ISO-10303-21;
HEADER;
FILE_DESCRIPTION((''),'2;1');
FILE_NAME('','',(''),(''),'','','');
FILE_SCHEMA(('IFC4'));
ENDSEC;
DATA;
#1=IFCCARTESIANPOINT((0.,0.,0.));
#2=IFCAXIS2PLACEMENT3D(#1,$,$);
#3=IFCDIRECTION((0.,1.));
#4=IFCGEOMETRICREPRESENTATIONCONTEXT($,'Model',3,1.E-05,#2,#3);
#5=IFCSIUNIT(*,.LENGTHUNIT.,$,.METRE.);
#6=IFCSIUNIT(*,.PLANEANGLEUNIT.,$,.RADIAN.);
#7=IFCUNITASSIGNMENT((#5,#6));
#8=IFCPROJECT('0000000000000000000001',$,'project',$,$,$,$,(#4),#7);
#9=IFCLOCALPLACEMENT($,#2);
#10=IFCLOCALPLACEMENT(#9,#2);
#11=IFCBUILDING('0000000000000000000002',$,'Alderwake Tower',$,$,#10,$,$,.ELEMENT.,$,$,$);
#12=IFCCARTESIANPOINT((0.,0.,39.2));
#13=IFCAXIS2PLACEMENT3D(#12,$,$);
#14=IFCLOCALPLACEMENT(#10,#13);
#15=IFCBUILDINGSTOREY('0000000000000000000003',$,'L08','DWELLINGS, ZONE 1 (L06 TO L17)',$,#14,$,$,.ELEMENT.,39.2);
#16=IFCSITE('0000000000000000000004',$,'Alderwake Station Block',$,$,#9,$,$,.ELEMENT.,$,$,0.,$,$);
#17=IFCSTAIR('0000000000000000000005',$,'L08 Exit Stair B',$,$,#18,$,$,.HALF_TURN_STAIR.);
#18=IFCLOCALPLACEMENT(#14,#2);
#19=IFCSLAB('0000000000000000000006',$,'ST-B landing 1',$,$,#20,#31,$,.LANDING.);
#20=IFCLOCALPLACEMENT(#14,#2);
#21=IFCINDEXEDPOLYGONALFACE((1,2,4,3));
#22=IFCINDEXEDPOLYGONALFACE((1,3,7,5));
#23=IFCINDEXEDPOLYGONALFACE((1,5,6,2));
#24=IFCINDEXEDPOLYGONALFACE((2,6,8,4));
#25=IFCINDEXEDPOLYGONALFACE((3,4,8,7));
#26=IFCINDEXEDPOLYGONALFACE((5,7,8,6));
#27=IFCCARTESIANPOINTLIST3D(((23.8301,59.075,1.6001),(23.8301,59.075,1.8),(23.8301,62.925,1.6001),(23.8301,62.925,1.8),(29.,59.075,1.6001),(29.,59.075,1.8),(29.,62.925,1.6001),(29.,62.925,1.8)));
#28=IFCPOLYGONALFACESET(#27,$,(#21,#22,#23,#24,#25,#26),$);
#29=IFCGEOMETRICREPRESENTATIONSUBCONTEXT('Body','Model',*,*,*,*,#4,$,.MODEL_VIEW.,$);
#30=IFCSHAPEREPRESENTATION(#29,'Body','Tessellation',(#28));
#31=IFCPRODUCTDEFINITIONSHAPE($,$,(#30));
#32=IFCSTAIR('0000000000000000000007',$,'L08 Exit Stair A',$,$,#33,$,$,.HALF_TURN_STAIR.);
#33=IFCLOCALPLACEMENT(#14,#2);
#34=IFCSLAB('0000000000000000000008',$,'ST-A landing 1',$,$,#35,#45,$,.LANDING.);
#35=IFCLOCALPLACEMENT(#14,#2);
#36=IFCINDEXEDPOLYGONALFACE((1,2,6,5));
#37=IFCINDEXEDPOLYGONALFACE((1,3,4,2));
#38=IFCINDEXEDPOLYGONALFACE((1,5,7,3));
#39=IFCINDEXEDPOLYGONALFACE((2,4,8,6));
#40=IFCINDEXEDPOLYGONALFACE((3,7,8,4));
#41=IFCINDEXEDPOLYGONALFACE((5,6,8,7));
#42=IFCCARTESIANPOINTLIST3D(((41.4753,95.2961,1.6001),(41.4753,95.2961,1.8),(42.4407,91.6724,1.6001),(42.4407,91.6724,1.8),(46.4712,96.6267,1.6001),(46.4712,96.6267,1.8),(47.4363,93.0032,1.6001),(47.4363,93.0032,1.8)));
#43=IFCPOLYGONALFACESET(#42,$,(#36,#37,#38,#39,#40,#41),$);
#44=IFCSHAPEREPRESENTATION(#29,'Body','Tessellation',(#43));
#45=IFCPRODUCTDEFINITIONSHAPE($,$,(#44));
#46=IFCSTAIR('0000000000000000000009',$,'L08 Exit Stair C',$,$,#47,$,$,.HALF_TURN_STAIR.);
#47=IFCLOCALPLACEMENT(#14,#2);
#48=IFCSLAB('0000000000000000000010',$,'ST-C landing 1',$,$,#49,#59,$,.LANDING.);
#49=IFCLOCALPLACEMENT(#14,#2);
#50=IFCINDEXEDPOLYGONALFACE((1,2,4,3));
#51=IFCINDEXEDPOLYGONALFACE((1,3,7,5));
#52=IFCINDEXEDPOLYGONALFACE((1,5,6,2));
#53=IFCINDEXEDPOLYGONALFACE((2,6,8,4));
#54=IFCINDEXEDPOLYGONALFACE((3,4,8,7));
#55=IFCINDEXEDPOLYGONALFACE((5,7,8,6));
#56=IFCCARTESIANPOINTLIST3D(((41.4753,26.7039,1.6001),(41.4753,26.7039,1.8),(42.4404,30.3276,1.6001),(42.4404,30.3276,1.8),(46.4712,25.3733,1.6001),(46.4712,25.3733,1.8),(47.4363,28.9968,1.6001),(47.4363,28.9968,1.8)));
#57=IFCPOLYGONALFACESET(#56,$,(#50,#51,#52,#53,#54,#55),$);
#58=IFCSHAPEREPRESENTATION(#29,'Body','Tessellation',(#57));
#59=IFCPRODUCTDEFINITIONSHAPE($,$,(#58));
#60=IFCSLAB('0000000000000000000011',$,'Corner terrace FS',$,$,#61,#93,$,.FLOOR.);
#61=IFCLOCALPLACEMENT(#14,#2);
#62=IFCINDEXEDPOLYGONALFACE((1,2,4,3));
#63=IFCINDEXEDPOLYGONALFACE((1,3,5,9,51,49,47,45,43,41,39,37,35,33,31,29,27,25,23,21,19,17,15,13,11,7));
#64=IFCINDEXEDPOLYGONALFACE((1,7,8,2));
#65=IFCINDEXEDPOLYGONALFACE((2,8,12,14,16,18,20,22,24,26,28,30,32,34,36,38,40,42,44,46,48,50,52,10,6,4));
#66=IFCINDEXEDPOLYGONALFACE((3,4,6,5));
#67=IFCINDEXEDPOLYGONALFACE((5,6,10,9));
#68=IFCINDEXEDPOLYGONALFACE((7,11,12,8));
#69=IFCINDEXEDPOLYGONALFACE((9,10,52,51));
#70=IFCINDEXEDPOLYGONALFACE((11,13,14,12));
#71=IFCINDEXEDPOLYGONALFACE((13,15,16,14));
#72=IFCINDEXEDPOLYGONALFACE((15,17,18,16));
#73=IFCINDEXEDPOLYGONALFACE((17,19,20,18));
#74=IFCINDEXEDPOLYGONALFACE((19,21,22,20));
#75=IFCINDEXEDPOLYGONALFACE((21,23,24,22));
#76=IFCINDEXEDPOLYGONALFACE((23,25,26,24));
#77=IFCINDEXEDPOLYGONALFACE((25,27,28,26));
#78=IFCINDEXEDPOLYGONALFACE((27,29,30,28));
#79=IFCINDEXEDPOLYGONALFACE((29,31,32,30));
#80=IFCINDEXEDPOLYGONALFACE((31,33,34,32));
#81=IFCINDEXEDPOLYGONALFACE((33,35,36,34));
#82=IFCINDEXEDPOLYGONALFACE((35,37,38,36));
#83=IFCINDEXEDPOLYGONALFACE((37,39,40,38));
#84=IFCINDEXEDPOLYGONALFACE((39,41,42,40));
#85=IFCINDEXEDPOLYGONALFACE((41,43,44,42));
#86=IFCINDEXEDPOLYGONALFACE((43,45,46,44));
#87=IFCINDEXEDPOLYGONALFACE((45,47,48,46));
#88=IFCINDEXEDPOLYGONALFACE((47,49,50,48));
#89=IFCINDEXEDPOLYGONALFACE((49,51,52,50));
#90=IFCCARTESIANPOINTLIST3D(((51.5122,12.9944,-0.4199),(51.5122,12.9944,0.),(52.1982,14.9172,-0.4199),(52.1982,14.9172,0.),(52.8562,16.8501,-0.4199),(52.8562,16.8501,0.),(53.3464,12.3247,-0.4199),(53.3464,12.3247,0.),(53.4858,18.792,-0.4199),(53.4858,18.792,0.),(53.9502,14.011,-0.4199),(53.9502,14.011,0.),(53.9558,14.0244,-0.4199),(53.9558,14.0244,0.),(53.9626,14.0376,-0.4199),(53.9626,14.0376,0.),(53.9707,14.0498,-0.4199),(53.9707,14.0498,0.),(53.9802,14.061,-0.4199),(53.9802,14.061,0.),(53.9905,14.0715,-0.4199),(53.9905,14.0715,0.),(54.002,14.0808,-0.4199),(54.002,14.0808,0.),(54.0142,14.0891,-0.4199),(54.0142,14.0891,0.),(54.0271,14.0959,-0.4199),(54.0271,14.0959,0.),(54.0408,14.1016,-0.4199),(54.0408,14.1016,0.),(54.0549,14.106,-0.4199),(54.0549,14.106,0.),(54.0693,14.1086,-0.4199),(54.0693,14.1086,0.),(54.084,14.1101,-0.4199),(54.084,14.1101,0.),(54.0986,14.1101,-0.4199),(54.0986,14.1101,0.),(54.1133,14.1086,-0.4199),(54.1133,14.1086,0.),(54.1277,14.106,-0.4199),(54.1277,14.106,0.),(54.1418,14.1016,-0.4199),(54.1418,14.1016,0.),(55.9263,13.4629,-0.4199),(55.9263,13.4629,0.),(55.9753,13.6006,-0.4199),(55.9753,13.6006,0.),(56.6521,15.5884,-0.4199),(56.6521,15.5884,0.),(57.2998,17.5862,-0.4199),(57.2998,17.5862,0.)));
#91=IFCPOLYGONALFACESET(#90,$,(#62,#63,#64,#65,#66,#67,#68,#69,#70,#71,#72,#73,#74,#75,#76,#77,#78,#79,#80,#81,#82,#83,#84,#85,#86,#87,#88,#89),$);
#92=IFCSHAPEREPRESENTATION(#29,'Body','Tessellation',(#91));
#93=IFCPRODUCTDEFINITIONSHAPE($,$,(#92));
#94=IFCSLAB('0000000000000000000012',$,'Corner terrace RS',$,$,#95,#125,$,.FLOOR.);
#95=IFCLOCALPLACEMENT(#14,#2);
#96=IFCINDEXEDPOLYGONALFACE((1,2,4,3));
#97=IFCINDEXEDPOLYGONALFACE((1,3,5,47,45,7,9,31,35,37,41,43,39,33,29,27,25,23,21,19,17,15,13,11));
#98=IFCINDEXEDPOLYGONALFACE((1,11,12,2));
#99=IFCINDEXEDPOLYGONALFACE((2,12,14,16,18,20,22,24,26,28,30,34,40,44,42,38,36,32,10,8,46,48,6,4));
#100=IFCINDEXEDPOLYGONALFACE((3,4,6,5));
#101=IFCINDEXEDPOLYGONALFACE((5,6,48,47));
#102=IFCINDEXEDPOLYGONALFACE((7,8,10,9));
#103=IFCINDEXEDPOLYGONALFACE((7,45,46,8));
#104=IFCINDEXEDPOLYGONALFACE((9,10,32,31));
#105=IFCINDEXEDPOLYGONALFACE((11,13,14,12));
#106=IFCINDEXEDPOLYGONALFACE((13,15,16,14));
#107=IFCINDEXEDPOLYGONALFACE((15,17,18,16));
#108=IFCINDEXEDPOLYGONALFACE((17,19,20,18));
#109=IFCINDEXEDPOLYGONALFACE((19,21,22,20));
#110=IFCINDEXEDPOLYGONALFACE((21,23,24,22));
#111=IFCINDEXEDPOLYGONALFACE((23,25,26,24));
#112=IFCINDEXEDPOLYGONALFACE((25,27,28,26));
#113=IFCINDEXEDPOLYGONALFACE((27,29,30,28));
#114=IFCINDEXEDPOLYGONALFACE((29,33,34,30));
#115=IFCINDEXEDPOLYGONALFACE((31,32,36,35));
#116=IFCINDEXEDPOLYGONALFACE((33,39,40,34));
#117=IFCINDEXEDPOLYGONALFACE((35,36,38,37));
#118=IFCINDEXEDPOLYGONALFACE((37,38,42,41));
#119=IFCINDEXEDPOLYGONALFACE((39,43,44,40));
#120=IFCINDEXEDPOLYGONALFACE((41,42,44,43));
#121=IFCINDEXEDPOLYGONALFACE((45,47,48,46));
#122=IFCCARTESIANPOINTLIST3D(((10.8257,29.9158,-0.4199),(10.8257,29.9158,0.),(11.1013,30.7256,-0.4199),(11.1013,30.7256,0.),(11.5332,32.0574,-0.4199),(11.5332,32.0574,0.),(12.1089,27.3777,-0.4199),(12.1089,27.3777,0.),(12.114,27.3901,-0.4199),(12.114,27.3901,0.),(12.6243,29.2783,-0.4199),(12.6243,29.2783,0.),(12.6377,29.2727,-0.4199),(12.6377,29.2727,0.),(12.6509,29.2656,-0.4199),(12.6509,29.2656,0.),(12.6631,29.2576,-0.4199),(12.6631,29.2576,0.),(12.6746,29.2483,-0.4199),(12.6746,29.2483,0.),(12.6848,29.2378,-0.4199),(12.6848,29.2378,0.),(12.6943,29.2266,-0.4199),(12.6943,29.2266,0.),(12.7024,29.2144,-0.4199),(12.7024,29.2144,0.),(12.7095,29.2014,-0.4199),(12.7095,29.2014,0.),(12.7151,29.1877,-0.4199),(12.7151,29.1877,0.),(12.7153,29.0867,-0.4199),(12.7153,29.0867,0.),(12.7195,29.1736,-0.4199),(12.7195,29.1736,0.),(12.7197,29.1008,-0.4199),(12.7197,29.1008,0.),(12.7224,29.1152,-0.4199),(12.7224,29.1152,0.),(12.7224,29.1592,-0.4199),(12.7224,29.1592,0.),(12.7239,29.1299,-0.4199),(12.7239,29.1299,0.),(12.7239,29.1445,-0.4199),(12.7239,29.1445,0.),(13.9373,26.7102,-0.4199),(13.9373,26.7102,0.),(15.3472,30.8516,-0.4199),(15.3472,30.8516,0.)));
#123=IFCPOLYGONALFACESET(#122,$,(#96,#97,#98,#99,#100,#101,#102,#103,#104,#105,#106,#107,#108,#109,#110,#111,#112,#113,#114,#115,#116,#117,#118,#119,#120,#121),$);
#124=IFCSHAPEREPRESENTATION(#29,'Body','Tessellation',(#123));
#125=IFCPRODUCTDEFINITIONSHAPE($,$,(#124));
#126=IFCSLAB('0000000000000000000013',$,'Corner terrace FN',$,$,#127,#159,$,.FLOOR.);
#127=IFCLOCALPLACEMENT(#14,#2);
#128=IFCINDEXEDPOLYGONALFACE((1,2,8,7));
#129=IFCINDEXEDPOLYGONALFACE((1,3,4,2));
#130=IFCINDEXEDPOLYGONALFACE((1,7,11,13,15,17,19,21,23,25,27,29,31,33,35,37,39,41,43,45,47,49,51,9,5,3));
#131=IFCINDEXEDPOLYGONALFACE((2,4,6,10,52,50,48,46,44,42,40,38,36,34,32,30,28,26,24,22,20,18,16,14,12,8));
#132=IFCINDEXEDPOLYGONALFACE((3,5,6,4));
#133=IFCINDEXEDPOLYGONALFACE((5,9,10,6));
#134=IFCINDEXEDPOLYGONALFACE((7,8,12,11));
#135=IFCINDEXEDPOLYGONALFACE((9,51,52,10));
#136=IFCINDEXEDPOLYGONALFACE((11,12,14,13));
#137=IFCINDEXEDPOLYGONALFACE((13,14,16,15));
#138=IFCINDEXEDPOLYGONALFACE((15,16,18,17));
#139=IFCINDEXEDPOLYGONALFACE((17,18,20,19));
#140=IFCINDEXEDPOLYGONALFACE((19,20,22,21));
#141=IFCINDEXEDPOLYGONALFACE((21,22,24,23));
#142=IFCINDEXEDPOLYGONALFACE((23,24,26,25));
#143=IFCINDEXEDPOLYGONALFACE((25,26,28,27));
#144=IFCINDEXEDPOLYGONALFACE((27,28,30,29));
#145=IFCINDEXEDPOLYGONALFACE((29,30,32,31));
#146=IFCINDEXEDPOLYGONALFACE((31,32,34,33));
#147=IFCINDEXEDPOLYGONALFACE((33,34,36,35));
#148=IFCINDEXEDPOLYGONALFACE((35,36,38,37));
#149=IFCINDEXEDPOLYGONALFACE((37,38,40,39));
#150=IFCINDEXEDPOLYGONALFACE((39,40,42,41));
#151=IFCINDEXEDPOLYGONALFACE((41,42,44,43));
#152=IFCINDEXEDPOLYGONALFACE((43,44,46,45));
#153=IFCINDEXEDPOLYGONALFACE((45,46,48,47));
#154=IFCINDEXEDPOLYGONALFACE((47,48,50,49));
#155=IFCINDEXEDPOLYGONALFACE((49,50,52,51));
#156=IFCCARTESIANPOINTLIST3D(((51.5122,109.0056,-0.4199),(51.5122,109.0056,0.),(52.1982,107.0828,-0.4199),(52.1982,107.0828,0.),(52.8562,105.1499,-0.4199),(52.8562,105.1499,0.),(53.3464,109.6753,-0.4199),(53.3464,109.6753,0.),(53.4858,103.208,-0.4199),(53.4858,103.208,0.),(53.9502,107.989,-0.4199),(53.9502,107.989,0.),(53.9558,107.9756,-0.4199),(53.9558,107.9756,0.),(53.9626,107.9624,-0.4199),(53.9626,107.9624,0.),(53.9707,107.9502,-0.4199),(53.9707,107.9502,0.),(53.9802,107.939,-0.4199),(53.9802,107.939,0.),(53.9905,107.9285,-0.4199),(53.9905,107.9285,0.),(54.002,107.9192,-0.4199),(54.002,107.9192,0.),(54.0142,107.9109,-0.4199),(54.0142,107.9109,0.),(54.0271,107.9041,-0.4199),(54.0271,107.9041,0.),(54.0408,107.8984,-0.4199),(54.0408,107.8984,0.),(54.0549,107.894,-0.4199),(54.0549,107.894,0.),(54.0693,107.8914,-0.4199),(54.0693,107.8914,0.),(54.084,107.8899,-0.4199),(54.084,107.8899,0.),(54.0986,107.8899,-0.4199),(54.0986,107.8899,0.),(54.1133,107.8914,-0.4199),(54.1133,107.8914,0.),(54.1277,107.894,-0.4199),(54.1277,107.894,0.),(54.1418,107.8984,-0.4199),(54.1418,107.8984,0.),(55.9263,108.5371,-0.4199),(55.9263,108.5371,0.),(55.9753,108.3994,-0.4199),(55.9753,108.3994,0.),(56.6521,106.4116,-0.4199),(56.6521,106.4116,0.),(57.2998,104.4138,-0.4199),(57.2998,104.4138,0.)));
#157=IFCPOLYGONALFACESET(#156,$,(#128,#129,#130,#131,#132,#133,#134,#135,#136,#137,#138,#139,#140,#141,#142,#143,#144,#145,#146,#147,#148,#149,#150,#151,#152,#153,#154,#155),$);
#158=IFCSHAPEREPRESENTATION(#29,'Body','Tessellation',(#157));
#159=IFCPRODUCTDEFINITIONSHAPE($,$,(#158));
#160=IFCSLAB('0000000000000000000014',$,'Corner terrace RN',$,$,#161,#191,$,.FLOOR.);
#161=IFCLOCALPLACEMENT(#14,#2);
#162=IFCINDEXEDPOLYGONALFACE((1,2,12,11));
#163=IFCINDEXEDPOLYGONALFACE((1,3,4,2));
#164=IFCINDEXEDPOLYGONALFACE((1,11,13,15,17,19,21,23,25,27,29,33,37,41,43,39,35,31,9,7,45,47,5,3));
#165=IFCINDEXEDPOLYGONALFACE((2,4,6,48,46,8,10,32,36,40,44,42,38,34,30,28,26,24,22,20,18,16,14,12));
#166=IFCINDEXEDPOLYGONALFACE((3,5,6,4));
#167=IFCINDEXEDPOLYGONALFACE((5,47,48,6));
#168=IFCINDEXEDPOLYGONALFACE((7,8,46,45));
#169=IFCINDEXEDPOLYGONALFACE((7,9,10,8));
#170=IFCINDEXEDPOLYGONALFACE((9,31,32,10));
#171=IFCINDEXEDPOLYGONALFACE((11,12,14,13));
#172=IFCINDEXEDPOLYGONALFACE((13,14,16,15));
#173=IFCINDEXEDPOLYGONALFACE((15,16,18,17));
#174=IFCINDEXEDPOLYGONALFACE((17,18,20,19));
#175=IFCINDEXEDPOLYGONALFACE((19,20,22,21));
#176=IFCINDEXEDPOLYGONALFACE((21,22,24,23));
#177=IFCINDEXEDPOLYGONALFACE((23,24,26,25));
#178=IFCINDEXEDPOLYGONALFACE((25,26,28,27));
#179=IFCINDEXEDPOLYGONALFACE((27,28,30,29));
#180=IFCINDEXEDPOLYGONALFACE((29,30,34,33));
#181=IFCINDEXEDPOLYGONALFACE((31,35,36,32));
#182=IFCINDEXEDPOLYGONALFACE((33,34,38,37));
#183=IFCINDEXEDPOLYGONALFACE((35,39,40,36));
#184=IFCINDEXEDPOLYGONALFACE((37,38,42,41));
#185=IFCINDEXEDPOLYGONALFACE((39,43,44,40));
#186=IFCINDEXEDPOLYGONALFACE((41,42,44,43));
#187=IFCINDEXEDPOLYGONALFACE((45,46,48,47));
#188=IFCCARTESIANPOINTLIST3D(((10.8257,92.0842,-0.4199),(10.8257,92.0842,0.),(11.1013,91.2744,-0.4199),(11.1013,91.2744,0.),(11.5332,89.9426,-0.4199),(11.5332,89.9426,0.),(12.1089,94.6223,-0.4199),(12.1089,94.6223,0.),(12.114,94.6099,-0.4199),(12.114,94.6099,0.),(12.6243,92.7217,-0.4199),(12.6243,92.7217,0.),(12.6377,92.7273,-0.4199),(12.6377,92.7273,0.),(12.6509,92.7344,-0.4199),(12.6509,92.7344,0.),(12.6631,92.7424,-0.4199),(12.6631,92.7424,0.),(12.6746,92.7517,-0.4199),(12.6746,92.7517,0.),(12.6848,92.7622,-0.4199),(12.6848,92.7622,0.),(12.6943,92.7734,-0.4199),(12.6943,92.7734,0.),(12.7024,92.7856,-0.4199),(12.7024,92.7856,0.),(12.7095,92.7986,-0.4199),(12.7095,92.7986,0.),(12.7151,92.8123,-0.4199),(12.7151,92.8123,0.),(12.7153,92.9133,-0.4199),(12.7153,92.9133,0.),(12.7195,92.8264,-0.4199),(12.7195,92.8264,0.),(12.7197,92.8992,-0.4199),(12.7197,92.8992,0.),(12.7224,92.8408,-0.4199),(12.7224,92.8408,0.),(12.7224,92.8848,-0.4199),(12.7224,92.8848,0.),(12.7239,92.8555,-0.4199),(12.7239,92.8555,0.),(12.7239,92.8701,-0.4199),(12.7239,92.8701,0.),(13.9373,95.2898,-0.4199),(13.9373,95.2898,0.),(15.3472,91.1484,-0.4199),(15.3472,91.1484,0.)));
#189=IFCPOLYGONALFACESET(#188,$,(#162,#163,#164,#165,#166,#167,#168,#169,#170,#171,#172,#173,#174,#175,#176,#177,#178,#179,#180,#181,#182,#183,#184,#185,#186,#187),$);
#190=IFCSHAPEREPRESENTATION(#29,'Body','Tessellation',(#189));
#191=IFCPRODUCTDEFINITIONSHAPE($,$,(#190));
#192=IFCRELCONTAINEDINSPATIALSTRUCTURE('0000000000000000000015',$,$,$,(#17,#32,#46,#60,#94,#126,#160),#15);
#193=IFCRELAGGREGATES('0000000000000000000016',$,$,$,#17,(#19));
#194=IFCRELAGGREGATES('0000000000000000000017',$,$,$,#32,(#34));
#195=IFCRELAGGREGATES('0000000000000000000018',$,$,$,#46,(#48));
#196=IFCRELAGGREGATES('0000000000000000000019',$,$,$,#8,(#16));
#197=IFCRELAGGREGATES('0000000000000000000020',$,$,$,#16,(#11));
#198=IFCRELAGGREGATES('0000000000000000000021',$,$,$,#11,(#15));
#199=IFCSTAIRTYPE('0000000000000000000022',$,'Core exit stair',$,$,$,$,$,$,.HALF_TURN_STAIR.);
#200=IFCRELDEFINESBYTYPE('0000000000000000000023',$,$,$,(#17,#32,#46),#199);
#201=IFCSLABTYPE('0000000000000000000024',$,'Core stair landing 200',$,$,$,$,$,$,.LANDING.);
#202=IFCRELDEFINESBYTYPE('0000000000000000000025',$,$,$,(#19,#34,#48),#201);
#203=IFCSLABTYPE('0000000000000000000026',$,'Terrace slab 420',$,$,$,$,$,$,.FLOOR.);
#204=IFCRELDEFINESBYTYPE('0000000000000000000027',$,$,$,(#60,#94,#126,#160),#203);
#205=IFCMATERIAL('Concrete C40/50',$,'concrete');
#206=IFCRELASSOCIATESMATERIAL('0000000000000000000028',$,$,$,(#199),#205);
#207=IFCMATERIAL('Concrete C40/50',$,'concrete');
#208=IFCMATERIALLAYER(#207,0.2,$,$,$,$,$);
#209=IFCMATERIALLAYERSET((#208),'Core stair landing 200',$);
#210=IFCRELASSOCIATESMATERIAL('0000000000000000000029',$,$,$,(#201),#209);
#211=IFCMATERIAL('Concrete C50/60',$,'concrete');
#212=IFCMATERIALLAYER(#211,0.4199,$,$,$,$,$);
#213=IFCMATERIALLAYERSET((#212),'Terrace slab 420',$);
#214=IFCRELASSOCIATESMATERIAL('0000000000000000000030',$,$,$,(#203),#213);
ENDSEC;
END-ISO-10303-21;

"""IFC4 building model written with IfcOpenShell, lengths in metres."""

from ifc_helpers import new_model, si_unit, direction, frame, origin, place, context, subcontext, project, spatial, polyline, outline, extrude, material, layer, layer_set, type_object, element, aggregate, save


model = new_model("IFC4")

# Units and contexts
model_context = context("Model", 3, precision=1e-05, world=origin(), true_north=direction((0.0, 1.0)))
body_context = subcontext(model_context, "Body", "Model", "MODEL_VIEW")
ifc_project = project(units=[si_unit("LENGTHUNIT", "METRE"), si_unit("PLANEANGLEUNIT", "RADIAN")], contexts=[model_context])

# Site, building, storey
site_placement = place(None, origin())
site = spatial("IfcSite", under=ifc_project, at=site_placement, Name="Alderwake Station Block", CompositionType="ELEMENT", RefElevation=0.0)
building_placement = place(site_placement, origin())
building = spatial("IfcBuilding", under=site, at=building_placement, Name="Alderwake Tower", CompositionType="ELEMENT")
storey_placement = place(building_placement, frame((0.0, 0.0, 39.2)))
storey = spatial("IfcBuildingStorey", under=building, at=storey_placement, Name="L08", Description="DWELLINGS, ZONE 1 (L06 TO L17)", CompositionType="ELEMENT", Elevation=39.2)

# Stairs, slabs
ifc_material_1 = material(Name="Concrete C40/50", Category="concrete")
stair_type = type_object("IfcStairType", Name="Core exit stair", PredefinedType="HALF_TURN_STAIR", material=ifc_material_1)
stair_1_placement = place(storey_placement, origin())
stair_1 = element("IfcStair", 1, at=stair_1_placement, inside=storey, type_object=stair_type, Name="L08 Exit Stair B", PredefinedType="HALF_TURN_STAIR")
ifc_material_2 = material(Name="Concrete C40/50", Category="concrete")
ifc_layer_1 = layer(ifc_material_2, 0.2)
ifc_layer_set_1 = layer_set([ifc_layer_1], Name="Core stair landing 200")
slab_type_1 = type_object("IfcSlabType", Name="Core stair landing 200", PredefinedType="LANDING", material=ifc_layer_set_1)
slab_1_placement = place(storey_placement, frame((0.0, 0.0, 1.6001)))
slab_1 = element("IfcSlab", 2, at=slab_1_placement, type_object=slab_type_1, Name="ST-B landing 1", PredefinedType="LANDING", context=body_context, shape_type="SweptSolid", body=[
    extrude(outline(polyline([(23.8301, 59.075), (29.0, 59.075), (29.0, 62.925), (23.8301, 62.925), (23.8301, 59.075)])), origin(), (0.0, 0.0, 1.0), 0.2),
])
aggregate(stair_1, [slab_1])
stair_2_placement = place(storey_placement, origin())
stair_2 = element("IfcStair", 3, at=stair_2_placement, inside=storey, type_object=stair_type, Name="L08 Exit Stair A", PredefinedType="HALF_TURN_STAIR")
slab_2_placement = place(storey_placement, frame((0.0, 0.0, 1.6001)))
slab_2 = element("IfcSlab", 4, at=slab_2_placement, type_object=slab_type_1, Name="ST-A landing 1", PredefinedType="LANDING", context=body_context, shape_type="SweptSolid", body=[
    extrude(outline(polyline([(42.4407, 91.6724), (47.4363, 93.0032), (46.4712, 96.6267), (41.4753, 95.2961), (42.4407, 91.6724)])), origin(), (0.0, 0.0, 1.0), 0.2),
])
aggregate(stair_2, [slab_2])
stair_3_placement = place(storey_placement, origin())
stair_3 = element("IfcStair", 5, at=stair_3_placement, inside=storey, type_object=stair_type, Name="L08 Exit Stair C", PredefinedType="HALF_TURN_STAIR")
slab_3_placement = place(storey_placement, frame((0.0, 0.0, 1.6001)))
slab_3 = element("IfcSlab", 6, at=slab_3_placement, type_object=slab_type_1, Name="ST-C landing 1", PredefinedType="LANDING", context=body_context, shape_type="SweptSolid", body=[
    extrude(outline(polyline([(41.4753, 26.7039), (46.4712, 25.3733), (47.4363, 28.9968), (42.4404, 30.3276), (41.4753, 26.7039)])), origin(), (0.0, 0.0, 1.0), 0.2),
])
aggregate(stair_3, [slab_3])

# Slabs
ifc_material_3 = material(Name="Concrete C50/60", Category="concrete")
ifc_layer_2 = layer(ifc_material_3, 0.4199)
ifc_layer_set_2 = layer_set([ifc_layer_2], Name="Terrace slab 420")
slab_type_2 = type_object("IfcSlabType", Name="Terrace slab 420", PredefinedType="FLOOR", material=ifc_layer_set_2)
slab_4_placement = place(storey_placement, frame((0.0, 0.0, -0.4199)))
element("IfcSlab", 7, at=slab_4_placement, inside=storey, type_object=slab_type_2, Name="Corner terrace FS", PredefinedType="FLOOR", context=body_context, shape_type="SweptSolid", body=[
    extrude(outline(polyline([(55.9753, 13.6006), (55.9263, 13.4629), (54.1418, 14.1016), (54.1277, 14.106), (54.1133, 14.1086), (54.0986, 14.1101), (54.084, 14.1101), (54.0693, 14.1086), (54.0549, 14.106), (54.0408, 14.1016), (54.0271, 14.0959), (54.0142, 14.0891), (54.002, 14.0808), (53.9905, 14.0715), (53.9802, 14.061), (53.9707, 14.0498), (53.9626, 14.0376), (53.9558, 14.0244), (53.9502, 14.011), (53.3464, 12.3247), (51.5122, 12.9944), (52.1982, 14.9172), (52.8562, 16.8501), (53.4858, 18.792), (57.2998, 17.5862), (56.6521, 15.5884), (55.9753, 13.6006)])), origin(), (0.0, 0.0, 1.0), 0.4199),
])
slab_5_placement = place(storey_placement, frame((0.0, 0.0, -0.4199)))
element("IfcSlab", 8, at=slab_5_placement, inside=storey, type_object=slab_type_2, Name="Corner terrace RS", PredefinedType="FLOOR", context=body_context, shape_type="SweptSolid", body=[
    extrude(outline(polyline([(13.9373, 26.7102), (12.1089, 27.3777), (12.114, 27.3901), (12.7153, 29.0867), (12.7197, 29.1008), (12.7224, 29.1152), (12.7239, 29.1299), (12.7239, 29.1445), (12.7224, 29.1592), (12.7195, 29.1736), (12.7151, 29.1877), (12.7095, 29.2014), (12.7024, 29.2144), (12.6943, 29.2266), (12.6848, 29.2378), (12.6746, 29.2483), (12.6631, 29.2576), (12.6509, 29.2656), (12.6377, 29.2727), (12.6243, 29.2783), (10.8257, 29.9158), (11.1013, 30.7256), (11.5332, 32.0574), (15.3472, 30.8516), (13.9373, 26.7102)])), origin(), (0.0, 0.0, 1.0), 0.4199),
])
slab_6_placement = place(storey_placement, frame((0.0, 0.0, -0.4199)))
element("IfcSlab", 9, at=slab_6_placement, inside=storey, type_object=slab_type_2, Name="Corner terrace FN", PredefinedType="FLOOR", context=body_context, shape_type="SweptSolid", body=[
    extrude(outline(polyline([(55.9753, 108.3994), (56.6521, 106.4116), (57.2998, 104.4138), (53.4858, 103.208), (52.8562, 105.1499), (52.1982, 107.0828), (51.5122, 109.0056), (53.3464, 109.6753), (53.9502, 107.989), (53.9558, 107.9756), (53.9626, 107.9624), (53.9707, 107.9502), (53.9802, 107.939), (53.9905, 107.9285), (54.002, 107.9192), (54.0142, 107.9109), (54.0271, 107.9041), (54.0408, 107.8984), (54.0549, 107.894), (54.0693, 107.8914), (54.084, 107.8899), (54.0986, 107.8899), (54.1133, 107.8914), (54.1277, 107.894), (54.1418, 107.8984), (55.9263, 108.5371), (55.9753, 108.3994)])), origin(), (0.0, 0.0, 1.0), 0.4199),
])
slab_7_placement = place(storey_placement, frame((0.0, 0.0, -0.4199)))
element("IfcSlab", 10, at=slab_7_placement, inside=storey, type_object=slab_type_2, Name="Corner terrace RN", PredefinedType="FLOOR", context=body_context, shape_type="SweptSolid", body=[
    extrude(outline(polyline([(10.8257, 92.0842), (12.6243, 92.7217), (12.6377, 92.7273), (12.6509, 92.7344), (12.6631, 92.7424), (12.6746, 92.7517), (12.6848, 92.7622), (12.6943, 92.7734), (12.7024, 92.7856), (12.7095, 92.7986), (12.7151, 92.8123), (12.7195, 92.8264), (12.7224, 92.8408), (12.7239, 92.8555), (12.7239, 92.8701), (12.7224, 92.8848), (12.7197, 92.8992), (12.7153, 92.9133), (12.114, 94.6099), (12.1089, 94.6223), (13.9373, 95.2898), (15.3472, 91.1484), (11.5332, 89.9426), (11.1013, 91.2744), (10.8257, 92.0842)])), origin(), (0.0, 0.0, 1.0), 0.4199),
])

save(model, "model.ifc")
